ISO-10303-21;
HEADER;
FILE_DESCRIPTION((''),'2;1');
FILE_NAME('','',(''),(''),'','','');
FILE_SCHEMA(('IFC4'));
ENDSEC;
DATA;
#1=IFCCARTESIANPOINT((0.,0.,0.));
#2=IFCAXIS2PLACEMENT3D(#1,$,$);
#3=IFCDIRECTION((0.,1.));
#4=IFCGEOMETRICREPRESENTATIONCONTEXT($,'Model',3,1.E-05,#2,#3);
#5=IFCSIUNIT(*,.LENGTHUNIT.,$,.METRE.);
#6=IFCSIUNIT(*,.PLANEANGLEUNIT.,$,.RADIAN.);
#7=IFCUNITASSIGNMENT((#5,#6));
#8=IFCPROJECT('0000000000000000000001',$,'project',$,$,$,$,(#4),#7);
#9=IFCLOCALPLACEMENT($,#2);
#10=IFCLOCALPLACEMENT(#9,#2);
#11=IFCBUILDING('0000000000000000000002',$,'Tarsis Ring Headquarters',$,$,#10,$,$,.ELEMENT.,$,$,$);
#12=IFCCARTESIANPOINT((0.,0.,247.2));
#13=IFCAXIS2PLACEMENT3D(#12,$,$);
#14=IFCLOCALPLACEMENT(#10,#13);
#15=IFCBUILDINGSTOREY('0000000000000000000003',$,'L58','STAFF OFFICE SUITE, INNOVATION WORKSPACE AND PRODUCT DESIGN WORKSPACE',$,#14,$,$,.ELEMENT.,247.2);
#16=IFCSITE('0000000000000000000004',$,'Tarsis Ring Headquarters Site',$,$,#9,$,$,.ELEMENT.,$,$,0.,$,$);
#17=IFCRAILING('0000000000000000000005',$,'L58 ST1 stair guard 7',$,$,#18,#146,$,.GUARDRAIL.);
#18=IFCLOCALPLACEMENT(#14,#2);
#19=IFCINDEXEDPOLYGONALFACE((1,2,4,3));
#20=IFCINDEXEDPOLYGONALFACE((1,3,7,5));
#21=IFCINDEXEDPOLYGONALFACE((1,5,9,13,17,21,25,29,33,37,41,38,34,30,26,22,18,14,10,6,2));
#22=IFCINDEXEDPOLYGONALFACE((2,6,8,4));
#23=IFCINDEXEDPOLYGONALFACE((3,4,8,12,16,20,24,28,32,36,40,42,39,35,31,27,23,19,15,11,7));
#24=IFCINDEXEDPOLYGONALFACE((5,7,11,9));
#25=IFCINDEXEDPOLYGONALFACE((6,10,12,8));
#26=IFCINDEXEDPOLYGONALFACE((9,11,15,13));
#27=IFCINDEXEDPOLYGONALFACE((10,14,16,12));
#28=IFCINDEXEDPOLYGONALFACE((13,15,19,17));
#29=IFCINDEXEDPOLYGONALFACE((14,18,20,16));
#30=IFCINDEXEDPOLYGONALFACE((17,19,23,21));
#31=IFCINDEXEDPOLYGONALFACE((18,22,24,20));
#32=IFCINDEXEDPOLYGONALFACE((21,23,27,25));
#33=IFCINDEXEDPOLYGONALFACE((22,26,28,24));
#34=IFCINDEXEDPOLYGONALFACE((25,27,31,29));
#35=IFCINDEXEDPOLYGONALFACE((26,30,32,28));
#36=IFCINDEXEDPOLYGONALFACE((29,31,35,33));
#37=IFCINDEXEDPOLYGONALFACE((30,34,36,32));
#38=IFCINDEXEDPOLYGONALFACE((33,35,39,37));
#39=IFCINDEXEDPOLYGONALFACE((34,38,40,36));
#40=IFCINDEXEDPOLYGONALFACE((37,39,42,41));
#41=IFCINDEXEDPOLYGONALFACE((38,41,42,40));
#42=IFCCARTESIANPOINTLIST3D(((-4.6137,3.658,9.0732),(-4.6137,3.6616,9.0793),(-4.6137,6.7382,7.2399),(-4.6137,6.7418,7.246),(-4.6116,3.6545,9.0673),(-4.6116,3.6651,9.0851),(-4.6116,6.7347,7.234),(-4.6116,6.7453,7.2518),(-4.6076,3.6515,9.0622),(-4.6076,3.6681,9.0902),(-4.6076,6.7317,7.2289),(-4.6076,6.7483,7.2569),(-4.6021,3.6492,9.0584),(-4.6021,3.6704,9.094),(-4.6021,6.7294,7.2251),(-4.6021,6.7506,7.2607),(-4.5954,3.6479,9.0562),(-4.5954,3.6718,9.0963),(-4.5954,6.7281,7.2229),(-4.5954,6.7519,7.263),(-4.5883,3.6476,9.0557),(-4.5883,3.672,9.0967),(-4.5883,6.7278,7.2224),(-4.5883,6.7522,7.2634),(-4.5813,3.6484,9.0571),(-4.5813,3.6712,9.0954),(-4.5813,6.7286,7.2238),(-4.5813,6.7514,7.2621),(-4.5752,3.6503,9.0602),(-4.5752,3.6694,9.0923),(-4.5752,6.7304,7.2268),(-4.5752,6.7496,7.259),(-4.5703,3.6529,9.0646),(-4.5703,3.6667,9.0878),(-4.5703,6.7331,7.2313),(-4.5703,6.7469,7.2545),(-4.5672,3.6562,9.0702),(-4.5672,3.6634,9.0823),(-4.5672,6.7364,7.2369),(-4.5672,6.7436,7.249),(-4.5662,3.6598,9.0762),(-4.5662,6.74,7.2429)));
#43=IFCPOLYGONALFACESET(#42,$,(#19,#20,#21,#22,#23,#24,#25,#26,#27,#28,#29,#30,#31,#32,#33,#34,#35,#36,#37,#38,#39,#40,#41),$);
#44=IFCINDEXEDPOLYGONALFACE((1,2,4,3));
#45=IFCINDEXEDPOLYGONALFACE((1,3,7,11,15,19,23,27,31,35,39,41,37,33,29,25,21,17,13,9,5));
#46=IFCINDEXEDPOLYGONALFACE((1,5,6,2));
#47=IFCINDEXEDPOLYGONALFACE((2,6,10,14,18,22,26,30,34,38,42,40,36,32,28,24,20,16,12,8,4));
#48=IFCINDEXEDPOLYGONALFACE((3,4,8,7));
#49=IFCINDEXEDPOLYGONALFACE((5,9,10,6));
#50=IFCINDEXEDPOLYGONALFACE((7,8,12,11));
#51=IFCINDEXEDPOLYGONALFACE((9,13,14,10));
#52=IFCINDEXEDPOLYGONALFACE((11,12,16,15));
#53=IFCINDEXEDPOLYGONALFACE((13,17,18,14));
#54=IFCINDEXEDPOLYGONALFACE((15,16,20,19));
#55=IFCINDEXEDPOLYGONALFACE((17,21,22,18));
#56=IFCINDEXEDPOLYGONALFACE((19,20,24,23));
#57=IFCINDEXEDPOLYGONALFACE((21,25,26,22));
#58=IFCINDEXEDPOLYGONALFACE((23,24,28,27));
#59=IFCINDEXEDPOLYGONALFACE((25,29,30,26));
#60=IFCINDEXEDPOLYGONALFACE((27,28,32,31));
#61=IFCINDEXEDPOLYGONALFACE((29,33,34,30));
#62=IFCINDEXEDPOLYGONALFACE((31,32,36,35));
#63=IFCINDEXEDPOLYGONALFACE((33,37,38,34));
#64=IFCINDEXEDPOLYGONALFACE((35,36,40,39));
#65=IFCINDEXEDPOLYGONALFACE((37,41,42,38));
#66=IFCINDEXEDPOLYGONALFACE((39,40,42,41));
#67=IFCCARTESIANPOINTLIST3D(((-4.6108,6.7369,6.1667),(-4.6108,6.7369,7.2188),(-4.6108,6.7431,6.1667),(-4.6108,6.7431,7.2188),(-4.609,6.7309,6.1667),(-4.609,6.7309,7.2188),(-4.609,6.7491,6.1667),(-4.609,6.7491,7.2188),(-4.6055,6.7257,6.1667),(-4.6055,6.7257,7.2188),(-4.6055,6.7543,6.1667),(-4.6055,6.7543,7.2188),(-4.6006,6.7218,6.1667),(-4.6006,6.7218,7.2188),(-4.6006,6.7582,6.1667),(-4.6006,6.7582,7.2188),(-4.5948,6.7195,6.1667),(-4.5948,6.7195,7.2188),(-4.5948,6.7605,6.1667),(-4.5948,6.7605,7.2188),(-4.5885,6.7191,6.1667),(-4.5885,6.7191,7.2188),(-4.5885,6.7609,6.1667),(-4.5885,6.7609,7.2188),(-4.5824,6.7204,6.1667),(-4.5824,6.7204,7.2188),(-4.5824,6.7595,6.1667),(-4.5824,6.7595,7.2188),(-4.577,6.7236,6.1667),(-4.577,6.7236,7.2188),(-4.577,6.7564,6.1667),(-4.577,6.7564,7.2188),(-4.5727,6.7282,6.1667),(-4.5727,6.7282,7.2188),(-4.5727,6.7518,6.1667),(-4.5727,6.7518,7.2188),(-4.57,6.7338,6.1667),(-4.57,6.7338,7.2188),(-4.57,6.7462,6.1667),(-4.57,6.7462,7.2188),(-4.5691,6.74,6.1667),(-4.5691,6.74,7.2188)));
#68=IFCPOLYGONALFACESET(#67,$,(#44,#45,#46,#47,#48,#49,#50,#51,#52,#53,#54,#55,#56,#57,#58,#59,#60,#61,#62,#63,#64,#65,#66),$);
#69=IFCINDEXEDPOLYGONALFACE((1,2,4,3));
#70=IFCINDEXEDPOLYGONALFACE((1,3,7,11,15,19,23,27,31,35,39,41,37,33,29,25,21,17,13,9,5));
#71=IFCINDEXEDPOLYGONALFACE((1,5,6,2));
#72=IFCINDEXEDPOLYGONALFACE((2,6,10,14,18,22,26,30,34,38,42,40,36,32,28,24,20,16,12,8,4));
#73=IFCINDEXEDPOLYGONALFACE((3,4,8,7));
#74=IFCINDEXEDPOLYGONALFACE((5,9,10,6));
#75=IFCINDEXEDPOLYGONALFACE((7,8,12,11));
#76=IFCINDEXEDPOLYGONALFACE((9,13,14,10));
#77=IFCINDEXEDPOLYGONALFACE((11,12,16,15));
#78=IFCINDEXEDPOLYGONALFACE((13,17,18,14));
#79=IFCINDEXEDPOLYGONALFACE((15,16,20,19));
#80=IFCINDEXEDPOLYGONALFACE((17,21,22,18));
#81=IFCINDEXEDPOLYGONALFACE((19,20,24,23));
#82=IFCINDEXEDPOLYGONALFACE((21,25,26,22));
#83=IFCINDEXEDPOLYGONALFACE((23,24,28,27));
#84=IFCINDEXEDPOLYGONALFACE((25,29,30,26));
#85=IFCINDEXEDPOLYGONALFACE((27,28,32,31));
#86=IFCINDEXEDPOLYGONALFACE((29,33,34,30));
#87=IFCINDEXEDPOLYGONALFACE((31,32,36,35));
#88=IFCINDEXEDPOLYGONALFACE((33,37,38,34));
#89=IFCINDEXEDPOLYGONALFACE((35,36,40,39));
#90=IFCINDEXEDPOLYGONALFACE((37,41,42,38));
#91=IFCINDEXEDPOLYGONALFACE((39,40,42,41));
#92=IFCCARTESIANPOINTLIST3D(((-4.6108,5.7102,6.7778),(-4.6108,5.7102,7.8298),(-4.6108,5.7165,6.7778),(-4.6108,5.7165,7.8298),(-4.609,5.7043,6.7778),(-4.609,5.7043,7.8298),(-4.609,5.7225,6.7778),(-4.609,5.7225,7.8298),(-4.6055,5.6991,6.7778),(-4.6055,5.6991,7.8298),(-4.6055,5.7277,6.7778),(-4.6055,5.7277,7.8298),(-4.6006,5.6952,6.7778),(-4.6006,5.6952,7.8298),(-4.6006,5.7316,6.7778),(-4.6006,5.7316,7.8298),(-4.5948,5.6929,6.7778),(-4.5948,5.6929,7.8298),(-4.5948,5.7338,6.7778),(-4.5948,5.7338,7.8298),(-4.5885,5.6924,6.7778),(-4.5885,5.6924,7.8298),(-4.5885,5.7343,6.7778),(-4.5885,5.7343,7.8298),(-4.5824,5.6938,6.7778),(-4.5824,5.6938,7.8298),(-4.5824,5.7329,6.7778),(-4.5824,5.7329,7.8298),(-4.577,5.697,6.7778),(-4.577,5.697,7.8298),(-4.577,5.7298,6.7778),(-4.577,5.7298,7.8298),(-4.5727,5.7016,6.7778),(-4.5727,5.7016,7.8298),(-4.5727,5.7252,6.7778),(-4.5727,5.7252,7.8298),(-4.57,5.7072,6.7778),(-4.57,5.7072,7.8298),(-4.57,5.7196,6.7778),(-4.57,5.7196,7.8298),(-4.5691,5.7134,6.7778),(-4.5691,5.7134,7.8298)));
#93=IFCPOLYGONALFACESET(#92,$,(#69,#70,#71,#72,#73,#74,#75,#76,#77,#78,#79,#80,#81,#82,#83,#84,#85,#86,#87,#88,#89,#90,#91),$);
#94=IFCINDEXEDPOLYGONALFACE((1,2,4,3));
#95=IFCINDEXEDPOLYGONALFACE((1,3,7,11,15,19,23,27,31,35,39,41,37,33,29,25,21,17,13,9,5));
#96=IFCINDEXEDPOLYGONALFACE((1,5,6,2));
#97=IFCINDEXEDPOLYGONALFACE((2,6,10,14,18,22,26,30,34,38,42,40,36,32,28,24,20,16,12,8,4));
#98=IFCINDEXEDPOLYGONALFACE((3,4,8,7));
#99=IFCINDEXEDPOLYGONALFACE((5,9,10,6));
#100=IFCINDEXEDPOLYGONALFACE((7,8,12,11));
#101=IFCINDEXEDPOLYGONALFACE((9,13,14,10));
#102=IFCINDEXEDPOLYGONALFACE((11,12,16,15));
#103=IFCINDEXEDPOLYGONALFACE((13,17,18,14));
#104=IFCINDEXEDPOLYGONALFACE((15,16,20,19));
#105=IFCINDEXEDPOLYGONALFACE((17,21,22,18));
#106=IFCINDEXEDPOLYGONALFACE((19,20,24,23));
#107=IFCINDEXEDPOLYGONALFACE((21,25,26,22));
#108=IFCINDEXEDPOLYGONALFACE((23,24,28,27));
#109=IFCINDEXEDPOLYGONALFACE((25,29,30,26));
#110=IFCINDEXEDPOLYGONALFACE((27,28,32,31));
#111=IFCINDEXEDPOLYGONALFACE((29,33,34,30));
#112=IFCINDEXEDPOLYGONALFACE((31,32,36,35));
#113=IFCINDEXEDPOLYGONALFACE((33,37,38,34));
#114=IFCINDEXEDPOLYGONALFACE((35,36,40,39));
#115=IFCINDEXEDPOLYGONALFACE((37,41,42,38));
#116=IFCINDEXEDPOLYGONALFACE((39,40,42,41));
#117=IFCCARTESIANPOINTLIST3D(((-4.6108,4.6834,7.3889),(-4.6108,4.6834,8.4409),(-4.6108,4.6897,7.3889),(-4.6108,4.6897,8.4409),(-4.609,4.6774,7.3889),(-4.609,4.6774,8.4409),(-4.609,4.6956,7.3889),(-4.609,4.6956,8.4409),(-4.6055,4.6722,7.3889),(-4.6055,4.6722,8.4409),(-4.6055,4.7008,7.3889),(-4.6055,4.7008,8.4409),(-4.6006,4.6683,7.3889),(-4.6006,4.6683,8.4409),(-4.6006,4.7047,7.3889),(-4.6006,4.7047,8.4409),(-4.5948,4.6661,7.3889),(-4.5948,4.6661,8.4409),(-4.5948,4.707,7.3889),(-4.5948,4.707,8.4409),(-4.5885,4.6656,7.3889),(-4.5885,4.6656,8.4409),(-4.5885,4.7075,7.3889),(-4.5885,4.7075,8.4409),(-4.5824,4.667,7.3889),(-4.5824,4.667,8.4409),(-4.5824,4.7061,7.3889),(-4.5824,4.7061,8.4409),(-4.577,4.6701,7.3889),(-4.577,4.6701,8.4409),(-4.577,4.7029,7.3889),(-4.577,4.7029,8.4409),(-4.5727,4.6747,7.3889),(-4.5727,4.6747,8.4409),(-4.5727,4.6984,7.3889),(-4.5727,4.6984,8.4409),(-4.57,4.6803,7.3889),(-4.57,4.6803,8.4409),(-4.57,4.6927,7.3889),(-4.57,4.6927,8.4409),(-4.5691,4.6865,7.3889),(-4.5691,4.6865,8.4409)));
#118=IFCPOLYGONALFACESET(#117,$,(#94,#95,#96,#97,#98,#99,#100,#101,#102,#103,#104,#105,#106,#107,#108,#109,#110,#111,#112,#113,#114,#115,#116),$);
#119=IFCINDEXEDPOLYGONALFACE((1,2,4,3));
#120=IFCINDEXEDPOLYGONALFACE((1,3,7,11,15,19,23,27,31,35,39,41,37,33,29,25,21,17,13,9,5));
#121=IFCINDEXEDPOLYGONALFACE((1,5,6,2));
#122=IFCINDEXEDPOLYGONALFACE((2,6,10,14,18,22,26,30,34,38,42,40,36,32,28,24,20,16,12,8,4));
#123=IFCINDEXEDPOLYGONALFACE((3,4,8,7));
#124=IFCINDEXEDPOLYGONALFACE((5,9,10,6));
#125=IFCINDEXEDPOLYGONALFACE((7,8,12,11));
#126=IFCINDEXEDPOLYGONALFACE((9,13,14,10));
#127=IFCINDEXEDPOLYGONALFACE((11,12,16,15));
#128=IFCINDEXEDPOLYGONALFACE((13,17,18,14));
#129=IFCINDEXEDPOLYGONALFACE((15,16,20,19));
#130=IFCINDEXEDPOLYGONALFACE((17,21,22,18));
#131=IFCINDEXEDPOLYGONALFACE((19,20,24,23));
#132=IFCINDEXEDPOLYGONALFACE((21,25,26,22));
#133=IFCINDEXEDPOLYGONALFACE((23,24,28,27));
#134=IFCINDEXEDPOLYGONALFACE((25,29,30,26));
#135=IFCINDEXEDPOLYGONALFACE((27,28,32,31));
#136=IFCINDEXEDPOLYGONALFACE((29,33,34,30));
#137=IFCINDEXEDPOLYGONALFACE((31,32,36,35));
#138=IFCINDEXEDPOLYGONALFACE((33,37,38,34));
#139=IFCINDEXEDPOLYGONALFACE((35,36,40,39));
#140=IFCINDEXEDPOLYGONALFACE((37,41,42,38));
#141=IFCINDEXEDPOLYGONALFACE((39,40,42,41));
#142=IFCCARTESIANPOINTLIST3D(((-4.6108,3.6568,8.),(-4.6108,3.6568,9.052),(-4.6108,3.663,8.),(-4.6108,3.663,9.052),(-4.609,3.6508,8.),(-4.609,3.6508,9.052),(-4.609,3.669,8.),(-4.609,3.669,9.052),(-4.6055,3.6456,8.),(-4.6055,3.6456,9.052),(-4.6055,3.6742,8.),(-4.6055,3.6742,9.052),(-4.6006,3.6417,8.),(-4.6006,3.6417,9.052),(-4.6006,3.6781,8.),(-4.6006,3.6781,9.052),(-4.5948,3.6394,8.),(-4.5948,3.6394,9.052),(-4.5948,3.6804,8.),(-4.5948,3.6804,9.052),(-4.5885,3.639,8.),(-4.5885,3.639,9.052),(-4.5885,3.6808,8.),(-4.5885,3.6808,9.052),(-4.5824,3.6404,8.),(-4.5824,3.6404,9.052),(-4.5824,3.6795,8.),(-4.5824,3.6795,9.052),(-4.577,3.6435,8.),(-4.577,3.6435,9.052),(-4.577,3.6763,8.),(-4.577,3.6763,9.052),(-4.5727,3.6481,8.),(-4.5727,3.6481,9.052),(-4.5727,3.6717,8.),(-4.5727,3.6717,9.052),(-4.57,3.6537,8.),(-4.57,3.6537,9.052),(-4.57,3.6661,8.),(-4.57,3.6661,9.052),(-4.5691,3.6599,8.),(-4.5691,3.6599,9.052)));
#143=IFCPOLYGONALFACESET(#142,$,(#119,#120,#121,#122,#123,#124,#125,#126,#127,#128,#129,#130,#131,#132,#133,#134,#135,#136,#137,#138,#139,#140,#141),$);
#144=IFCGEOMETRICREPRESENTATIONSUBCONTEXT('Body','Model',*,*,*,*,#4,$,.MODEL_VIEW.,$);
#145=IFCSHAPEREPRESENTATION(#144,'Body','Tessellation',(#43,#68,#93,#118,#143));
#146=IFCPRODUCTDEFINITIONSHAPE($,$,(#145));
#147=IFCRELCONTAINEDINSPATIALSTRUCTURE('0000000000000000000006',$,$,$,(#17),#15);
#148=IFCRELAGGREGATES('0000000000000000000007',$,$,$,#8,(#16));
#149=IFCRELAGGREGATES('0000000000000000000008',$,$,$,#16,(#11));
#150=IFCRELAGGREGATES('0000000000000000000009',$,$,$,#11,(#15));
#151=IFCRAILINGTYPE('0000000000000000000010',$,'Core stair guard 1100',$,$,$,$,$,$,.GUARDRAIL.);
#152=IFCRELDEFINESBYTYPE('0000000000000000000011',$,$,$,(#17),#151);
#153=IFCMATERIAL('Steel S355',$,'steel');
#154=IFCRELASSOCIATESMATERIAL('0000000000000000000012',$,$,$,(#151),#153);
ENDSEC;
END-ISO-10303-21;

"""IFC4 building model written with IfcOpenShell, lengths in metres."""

from ifc_helpers import new_model, si_unit, direction, frame, origin, origin_2d, place, context, subcontext, project, spatial, circle, extrude, material, type_object, element, save


model = new_model("IFC4")

# Units and contexts
model_context = context("Model", 3, precision=1e-05, world=origin(), true_north=direction((0.0, 1.0)))
body_context = subcontext(model_context, "Body", "Model", "MODEL_VIEW")
ifc_project = project(units=[si_unit("LENGTHUNIT", "METRE"), si_unit("PLANEANGLEUNIT", "RADIAN")], contexts=[model_context])

# Site, building, storey
site_placement = place(None, origin())
site = spatial("IfcSite", under=ifc_project, at=site_placement, Name="Tarsis Ring Headquarters Site", CompositionType="ELEMENT", RefElevation=0.0)
building_placement = place(site_placement, origin())
building = spatial("IfcBuilding", under=site, at=building_placement, Name="Tarsis Ring Headquarters", CompositionType="ELEMENT")
storey_placement = place(building_placement, frame((0.0, 0.0, 247.2)))
storey = spatial("IfcBuildingStorey", under=building, at=storey_placement, Name="L58", Description="STAFF OFFICE SUITE, INNOVATION WORKSPACE AND PRODUCT DESIGN WORKSPACE", CompositionType="ELEMENT", Elevation=247.2)

# Shared definitions
ifc_material_1 = material(Name="Steel S355", Category="steel")

# Railing
railing_type_1 = type_object("IfcRailingType", Name="Core stair guard 1100", PredefinedType="GUARDRAIL", material=ifc_material_1)
railing_1_placement = place(storey_placement, frame((-4.5901, 6.74, 6.1667)))
element("IfcRailing", 1, at=railing_1_placement, inside=storey, type_object=railing_type_1, Name="L58 ST1 stair guard 7", PredefinedType="GUARDRAIL", context=body_context, shape_type="SweptSolid", body=[
    extrude(circle(Radius=0.0239, at=origin_2d()), frame((0.0, 0.0, 1.0762), z_axis=(0.0, -0.859309, 0.511458), x_axis=(1.0, 0.0, 0.0)), (0.0, 0.0, 1.0), 3.5845),
    extrude(circle(Radius=0.021, at=origin_2d()), origin(), (0.0, 0.0, 1.0), 1.052),
    extrude(circle(Radius=0.021, at=origin_2d()), frame((0.0, -1.0266, 0.6111)), (0.0, 0.0, 1.0), 1.052),
    extrude(circle(Radius=0.021, at=origin_2d()), frame((0.0, -2.0535, 1.2222)), (0.0, 0.0, 1.0), 1.052),
    extrude(circle(Radius=0.021, at=origin_2d()), frame((0.0, -3.0801, 1.8333)), (0.0, 0.0, 1.0), 1.052),
])

save(model, "model.ifc")
